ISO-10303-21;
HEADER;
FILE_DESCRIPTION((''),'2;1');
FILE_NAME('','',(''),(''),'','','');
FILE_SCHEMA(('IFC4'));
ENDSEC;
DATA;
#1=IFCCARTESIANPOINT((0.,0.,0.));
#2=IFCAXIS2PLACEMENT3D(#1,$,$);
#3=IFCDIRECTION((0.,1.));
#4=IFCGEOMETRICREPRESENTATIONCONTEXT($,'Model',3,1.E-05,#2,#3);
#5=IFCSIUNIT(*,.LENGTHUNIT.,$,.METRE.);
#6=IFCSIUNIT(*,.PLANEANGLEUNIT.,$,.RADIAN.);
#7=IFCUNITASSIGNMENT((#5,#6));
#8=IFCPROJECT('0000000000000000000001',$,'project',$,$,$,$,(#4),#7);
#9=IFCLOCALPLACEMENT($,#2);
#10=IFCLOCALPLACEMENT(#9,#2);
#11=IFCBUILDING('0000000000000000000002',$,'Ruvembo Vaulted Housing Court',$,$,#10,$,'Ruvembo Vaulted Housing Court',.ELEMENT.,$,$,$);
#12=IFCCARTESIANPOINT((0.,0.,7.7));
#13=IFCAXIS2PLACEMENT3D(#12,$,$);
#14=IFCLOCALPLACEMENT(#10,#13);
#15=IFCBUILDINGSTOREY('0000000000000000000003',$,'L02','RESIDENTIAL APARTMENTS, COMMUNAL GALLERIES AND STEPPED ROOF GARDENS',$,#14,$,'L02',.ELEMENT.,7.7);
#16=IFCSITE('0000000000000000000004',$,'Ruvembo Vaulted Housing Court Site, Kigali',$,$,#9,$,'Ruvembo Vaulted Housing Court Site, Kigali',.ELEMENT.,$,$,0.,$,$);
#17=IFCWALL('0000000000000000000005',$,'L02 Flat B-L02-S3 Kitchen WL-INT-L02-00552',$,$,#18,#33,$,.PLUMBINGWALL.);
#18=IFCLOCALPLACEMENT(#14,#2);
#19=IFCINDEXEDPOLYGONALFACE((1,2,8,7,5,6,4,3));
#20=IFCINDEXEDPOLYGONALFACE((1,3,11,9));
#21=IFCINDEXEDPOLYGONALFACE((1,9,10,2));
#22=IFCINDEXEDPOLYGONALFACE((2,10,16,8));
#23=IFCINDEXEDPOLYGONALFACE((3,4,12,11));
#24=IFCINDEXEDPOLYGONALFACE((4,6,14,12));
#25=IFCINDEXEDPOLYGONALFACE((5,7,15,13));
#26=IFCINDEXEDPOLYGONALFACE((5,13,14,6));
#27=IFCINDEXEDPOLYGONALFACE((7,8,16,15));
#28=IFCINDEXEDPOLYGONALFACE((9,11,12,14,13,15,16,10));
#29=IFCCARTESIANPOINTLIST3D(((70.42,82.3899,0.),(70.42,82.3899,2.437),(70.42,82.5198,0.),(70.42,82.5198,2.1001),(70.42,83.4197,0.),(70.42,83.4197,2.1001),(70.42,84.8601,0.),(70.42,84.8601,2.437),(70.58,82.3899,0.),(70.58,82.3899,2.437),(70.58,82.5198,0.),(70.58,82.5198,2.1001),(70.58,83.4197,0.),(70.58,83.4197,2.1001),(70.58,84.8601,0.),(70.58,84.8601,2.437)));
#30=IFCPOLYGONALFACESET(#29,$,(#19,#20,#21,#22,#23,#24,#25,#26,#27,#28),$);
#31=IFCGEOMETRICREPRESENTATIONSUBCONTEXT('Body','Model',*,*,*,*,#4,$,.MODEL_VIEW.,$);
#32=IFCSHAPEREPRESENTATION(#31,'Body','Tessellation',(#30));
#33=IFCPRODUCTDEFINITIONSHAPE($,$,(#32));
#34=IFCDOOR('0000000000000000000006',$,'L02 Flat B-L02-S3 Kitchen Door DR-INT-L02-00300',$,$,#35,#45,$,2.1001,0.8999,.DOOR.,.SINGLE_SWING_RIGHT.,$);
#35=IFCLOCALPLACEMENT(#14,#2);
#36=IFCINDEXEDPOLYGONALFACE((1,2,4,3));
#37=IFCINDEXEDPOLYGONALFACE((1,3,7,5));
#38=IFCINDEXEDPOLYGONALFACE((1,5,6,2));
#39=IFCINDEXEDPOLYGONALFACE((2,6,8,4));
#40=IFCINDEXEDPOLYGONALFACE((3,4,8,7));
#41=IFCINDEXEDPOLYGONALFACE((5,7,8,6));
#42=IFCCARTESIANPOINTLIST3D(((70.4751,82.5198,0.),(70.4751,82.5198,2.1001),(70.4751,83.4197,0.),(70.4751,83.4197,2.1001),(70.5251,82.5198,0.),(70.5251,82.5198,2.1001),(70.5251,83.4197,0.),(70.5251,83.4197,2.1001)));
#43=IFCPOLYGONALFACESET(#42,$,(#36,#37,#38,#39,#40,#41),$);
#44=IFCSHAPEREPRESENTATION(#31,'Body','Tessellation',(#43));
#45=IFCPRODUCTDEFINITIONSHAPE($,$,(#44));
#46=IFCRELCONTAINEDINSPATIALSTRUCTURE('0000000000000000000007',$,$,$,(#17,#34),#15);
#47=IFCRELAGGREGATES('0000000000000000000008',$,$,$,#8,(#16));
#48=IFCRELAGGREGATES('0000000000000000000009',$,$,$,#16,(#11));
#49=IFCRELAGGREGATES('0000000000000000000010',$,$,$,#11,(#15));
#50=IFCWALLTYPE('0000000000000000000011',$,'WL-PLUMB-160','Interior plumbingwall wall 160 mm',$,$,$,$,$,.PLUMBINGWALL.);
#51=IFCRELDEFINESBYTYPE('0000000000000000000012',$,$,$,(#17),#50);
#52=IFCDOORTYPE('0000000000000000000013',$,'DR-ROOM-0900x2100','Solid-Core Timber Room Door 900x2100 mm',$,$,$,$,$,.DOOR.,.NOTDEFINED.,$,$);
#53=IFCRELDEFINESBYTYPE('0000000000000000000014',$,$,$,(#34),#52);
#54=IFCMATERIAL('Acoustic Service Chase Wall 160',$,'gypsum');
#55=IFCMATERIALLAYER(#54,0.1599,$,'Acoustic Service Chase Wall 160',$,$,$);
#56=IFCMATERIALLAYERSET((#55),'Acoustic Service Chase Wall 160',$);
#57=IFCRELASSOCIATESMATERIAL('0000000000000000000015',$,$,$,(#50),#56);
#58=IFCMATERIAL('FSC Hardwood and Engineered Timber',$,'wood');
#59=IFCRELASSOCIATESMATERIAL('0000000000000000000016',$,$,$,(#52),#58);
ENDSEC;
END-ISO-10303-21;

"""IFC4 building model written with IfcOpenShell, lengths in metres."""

from ifc_helpers import new_model, si_unit, direction, frame, frame_2d, origin, place, context, subcontext, project, spatial, rectangle, extrude, material, layer, layer_set, type_object, element, fill, save


model = new_model("IFC4")

# Units and contexts
model_context = context("Model", 3, precision=1e-05, world=origin(), true_north=direction((0.0, 1.0)))
body_context = subcontext(model_context, "Body", "Model", "MODEL_VIEW")
ifc_project = project(units=[si_unit("LENGTHUNIT", "METRE"), si_unit("PLANEANGLEUNIT", "RADIAN")], contexts=[model_context])

# Site, building, storey
site_placement = place(None, origin())
site = spatial("IfcSite", under=ifc_project, at=site_placement, Name="Ruvembo Vaulted Housing Court Site, Kigali", LongName="Ruvembo Vaulted Housing Court Site, Kigali", CompositionType="ELEMENT", RefElevation=0.0)
building_placement = place(site_placement, origin())
building = spatial("IfcBuilding", under=site, at=building_placement, Name="Ruvembo Vaulted Housing Court", LongName="Ruvembo Vaulted Housing Court", CompositionType="ELEMENT")
storey_placement = place(building_placement, frame((0.0, 0.0, 7.7)))
storey = spatial("IfcBuildingStorey", under=building, at=storey_placement, Name="L02", Description="RESIDENTIAL APARTMENTS, COMMUNAL GALLERIES AND STEPPED ROOF GARDENS", LongName="L02", CompositionType="ELEMENT", Elevation=7.7)

# Shared definitions
ifc_material_1 = material(Name="FSC Hardwood and Engineered Timber", Category="wood")

# Wall, opening, door
ifc_material_2 = material(Name="Acoustic Service Chase Wall 160", Category="gypsum")
ifc_layer_1 = layer(ifc_material_2, 0.1599, Name="Acoustic Service Chase Wall 160")
ifc_layer_set_1 = layer_set([ifc_layer_1], Name="Acoustic Service Chase Wall 160")
wall_type_1 = type_object("IfcWallType", Name="WL-PLUMB-160", Description="Interior plumbingwall wall 160 mm", PredefinedType="PLUMBINGWALL", material=ifc_layer_set_1)
wall_1_placement = place(storey_placement, frame((70.5, 82.3899, 0.0), z_axis=(0.0, 0.0, 1.0), x_axis=(0.0, 1.0, 0.0)))
wall_1 = element("IfcWall", 1, at=wall_1_placement, inside=storey, type_object=wall_type_1, Name="L02 Flat B-L02-S3 Kitchen WL-INT-L02-00552", PredefinedType="PLUMBINGWALL", context=body_context, shape_type="SweptSolid", body=[
    extrude(rectangle(XDim=2.4702, YDim=0.1599, at=frame_2d((1.2351, 0.0))), origin(), (0.0, 0.0, 1.0), 2.437),
])
opening_1_placement = place(wall_1_placement, frame((0.1299, 0.0, 0.0)))
opening_1 = element("IfcOpeningElement", 2, at=opening_1_placement, cuts=wall_1, PredefinedType="OPENING", context=body_context, shape_type="SweptSolid", body=[
    extrude(rectangle(XDim=0.8999, YDim=2.1001, at=frame_2d((0.45, 1.05))), frame((0.0, 0.0898, 0.0), z_axis=(0.0, -1.0, 0.0), x_axis=(1.0, 0.0, 0.0)), (0.0, 0.0, 1.0), 0.1799),
])
door_type_1 = type_object("IfcDoorType", Name="DR-ROOM-0900x2100", Description="Solid-Core Timber Room Door 900x2100 mm", OperationType="NOTDEFINED", PredefinedType="DOOR", material=ifc_material_1)
door_1_placement = place(opening_1_placement, origin())
door_1 = element("IfcDoor", 3, at=door_1_placement, inside=storey, type_object=door_type_1, Name="L02 Flat B-L02-S3 Kitchen Door DR-INT-L02-00300", OperationType="SINGLE_SWING_RIGHT", OverallHeight=2.1001, OverallWidth=0.8999, PredefinedType="DOOR", context=body_context, shape_type="SweptSolid", body=[
    extrude(rectangle(XDim=0.8999, YDim=2.1001, at=frame_2d((0.45, 1.05))), frame((0.0, 0.0249, 0.0), z_axis=(0.0, -1.0, 0.0), x_axis=(1.0, 0.0, 0.0)), (0.0, 0.0, 1.0), 0.05),
])
fill(opening_1, door_1)

save(model, "model.ifc")
